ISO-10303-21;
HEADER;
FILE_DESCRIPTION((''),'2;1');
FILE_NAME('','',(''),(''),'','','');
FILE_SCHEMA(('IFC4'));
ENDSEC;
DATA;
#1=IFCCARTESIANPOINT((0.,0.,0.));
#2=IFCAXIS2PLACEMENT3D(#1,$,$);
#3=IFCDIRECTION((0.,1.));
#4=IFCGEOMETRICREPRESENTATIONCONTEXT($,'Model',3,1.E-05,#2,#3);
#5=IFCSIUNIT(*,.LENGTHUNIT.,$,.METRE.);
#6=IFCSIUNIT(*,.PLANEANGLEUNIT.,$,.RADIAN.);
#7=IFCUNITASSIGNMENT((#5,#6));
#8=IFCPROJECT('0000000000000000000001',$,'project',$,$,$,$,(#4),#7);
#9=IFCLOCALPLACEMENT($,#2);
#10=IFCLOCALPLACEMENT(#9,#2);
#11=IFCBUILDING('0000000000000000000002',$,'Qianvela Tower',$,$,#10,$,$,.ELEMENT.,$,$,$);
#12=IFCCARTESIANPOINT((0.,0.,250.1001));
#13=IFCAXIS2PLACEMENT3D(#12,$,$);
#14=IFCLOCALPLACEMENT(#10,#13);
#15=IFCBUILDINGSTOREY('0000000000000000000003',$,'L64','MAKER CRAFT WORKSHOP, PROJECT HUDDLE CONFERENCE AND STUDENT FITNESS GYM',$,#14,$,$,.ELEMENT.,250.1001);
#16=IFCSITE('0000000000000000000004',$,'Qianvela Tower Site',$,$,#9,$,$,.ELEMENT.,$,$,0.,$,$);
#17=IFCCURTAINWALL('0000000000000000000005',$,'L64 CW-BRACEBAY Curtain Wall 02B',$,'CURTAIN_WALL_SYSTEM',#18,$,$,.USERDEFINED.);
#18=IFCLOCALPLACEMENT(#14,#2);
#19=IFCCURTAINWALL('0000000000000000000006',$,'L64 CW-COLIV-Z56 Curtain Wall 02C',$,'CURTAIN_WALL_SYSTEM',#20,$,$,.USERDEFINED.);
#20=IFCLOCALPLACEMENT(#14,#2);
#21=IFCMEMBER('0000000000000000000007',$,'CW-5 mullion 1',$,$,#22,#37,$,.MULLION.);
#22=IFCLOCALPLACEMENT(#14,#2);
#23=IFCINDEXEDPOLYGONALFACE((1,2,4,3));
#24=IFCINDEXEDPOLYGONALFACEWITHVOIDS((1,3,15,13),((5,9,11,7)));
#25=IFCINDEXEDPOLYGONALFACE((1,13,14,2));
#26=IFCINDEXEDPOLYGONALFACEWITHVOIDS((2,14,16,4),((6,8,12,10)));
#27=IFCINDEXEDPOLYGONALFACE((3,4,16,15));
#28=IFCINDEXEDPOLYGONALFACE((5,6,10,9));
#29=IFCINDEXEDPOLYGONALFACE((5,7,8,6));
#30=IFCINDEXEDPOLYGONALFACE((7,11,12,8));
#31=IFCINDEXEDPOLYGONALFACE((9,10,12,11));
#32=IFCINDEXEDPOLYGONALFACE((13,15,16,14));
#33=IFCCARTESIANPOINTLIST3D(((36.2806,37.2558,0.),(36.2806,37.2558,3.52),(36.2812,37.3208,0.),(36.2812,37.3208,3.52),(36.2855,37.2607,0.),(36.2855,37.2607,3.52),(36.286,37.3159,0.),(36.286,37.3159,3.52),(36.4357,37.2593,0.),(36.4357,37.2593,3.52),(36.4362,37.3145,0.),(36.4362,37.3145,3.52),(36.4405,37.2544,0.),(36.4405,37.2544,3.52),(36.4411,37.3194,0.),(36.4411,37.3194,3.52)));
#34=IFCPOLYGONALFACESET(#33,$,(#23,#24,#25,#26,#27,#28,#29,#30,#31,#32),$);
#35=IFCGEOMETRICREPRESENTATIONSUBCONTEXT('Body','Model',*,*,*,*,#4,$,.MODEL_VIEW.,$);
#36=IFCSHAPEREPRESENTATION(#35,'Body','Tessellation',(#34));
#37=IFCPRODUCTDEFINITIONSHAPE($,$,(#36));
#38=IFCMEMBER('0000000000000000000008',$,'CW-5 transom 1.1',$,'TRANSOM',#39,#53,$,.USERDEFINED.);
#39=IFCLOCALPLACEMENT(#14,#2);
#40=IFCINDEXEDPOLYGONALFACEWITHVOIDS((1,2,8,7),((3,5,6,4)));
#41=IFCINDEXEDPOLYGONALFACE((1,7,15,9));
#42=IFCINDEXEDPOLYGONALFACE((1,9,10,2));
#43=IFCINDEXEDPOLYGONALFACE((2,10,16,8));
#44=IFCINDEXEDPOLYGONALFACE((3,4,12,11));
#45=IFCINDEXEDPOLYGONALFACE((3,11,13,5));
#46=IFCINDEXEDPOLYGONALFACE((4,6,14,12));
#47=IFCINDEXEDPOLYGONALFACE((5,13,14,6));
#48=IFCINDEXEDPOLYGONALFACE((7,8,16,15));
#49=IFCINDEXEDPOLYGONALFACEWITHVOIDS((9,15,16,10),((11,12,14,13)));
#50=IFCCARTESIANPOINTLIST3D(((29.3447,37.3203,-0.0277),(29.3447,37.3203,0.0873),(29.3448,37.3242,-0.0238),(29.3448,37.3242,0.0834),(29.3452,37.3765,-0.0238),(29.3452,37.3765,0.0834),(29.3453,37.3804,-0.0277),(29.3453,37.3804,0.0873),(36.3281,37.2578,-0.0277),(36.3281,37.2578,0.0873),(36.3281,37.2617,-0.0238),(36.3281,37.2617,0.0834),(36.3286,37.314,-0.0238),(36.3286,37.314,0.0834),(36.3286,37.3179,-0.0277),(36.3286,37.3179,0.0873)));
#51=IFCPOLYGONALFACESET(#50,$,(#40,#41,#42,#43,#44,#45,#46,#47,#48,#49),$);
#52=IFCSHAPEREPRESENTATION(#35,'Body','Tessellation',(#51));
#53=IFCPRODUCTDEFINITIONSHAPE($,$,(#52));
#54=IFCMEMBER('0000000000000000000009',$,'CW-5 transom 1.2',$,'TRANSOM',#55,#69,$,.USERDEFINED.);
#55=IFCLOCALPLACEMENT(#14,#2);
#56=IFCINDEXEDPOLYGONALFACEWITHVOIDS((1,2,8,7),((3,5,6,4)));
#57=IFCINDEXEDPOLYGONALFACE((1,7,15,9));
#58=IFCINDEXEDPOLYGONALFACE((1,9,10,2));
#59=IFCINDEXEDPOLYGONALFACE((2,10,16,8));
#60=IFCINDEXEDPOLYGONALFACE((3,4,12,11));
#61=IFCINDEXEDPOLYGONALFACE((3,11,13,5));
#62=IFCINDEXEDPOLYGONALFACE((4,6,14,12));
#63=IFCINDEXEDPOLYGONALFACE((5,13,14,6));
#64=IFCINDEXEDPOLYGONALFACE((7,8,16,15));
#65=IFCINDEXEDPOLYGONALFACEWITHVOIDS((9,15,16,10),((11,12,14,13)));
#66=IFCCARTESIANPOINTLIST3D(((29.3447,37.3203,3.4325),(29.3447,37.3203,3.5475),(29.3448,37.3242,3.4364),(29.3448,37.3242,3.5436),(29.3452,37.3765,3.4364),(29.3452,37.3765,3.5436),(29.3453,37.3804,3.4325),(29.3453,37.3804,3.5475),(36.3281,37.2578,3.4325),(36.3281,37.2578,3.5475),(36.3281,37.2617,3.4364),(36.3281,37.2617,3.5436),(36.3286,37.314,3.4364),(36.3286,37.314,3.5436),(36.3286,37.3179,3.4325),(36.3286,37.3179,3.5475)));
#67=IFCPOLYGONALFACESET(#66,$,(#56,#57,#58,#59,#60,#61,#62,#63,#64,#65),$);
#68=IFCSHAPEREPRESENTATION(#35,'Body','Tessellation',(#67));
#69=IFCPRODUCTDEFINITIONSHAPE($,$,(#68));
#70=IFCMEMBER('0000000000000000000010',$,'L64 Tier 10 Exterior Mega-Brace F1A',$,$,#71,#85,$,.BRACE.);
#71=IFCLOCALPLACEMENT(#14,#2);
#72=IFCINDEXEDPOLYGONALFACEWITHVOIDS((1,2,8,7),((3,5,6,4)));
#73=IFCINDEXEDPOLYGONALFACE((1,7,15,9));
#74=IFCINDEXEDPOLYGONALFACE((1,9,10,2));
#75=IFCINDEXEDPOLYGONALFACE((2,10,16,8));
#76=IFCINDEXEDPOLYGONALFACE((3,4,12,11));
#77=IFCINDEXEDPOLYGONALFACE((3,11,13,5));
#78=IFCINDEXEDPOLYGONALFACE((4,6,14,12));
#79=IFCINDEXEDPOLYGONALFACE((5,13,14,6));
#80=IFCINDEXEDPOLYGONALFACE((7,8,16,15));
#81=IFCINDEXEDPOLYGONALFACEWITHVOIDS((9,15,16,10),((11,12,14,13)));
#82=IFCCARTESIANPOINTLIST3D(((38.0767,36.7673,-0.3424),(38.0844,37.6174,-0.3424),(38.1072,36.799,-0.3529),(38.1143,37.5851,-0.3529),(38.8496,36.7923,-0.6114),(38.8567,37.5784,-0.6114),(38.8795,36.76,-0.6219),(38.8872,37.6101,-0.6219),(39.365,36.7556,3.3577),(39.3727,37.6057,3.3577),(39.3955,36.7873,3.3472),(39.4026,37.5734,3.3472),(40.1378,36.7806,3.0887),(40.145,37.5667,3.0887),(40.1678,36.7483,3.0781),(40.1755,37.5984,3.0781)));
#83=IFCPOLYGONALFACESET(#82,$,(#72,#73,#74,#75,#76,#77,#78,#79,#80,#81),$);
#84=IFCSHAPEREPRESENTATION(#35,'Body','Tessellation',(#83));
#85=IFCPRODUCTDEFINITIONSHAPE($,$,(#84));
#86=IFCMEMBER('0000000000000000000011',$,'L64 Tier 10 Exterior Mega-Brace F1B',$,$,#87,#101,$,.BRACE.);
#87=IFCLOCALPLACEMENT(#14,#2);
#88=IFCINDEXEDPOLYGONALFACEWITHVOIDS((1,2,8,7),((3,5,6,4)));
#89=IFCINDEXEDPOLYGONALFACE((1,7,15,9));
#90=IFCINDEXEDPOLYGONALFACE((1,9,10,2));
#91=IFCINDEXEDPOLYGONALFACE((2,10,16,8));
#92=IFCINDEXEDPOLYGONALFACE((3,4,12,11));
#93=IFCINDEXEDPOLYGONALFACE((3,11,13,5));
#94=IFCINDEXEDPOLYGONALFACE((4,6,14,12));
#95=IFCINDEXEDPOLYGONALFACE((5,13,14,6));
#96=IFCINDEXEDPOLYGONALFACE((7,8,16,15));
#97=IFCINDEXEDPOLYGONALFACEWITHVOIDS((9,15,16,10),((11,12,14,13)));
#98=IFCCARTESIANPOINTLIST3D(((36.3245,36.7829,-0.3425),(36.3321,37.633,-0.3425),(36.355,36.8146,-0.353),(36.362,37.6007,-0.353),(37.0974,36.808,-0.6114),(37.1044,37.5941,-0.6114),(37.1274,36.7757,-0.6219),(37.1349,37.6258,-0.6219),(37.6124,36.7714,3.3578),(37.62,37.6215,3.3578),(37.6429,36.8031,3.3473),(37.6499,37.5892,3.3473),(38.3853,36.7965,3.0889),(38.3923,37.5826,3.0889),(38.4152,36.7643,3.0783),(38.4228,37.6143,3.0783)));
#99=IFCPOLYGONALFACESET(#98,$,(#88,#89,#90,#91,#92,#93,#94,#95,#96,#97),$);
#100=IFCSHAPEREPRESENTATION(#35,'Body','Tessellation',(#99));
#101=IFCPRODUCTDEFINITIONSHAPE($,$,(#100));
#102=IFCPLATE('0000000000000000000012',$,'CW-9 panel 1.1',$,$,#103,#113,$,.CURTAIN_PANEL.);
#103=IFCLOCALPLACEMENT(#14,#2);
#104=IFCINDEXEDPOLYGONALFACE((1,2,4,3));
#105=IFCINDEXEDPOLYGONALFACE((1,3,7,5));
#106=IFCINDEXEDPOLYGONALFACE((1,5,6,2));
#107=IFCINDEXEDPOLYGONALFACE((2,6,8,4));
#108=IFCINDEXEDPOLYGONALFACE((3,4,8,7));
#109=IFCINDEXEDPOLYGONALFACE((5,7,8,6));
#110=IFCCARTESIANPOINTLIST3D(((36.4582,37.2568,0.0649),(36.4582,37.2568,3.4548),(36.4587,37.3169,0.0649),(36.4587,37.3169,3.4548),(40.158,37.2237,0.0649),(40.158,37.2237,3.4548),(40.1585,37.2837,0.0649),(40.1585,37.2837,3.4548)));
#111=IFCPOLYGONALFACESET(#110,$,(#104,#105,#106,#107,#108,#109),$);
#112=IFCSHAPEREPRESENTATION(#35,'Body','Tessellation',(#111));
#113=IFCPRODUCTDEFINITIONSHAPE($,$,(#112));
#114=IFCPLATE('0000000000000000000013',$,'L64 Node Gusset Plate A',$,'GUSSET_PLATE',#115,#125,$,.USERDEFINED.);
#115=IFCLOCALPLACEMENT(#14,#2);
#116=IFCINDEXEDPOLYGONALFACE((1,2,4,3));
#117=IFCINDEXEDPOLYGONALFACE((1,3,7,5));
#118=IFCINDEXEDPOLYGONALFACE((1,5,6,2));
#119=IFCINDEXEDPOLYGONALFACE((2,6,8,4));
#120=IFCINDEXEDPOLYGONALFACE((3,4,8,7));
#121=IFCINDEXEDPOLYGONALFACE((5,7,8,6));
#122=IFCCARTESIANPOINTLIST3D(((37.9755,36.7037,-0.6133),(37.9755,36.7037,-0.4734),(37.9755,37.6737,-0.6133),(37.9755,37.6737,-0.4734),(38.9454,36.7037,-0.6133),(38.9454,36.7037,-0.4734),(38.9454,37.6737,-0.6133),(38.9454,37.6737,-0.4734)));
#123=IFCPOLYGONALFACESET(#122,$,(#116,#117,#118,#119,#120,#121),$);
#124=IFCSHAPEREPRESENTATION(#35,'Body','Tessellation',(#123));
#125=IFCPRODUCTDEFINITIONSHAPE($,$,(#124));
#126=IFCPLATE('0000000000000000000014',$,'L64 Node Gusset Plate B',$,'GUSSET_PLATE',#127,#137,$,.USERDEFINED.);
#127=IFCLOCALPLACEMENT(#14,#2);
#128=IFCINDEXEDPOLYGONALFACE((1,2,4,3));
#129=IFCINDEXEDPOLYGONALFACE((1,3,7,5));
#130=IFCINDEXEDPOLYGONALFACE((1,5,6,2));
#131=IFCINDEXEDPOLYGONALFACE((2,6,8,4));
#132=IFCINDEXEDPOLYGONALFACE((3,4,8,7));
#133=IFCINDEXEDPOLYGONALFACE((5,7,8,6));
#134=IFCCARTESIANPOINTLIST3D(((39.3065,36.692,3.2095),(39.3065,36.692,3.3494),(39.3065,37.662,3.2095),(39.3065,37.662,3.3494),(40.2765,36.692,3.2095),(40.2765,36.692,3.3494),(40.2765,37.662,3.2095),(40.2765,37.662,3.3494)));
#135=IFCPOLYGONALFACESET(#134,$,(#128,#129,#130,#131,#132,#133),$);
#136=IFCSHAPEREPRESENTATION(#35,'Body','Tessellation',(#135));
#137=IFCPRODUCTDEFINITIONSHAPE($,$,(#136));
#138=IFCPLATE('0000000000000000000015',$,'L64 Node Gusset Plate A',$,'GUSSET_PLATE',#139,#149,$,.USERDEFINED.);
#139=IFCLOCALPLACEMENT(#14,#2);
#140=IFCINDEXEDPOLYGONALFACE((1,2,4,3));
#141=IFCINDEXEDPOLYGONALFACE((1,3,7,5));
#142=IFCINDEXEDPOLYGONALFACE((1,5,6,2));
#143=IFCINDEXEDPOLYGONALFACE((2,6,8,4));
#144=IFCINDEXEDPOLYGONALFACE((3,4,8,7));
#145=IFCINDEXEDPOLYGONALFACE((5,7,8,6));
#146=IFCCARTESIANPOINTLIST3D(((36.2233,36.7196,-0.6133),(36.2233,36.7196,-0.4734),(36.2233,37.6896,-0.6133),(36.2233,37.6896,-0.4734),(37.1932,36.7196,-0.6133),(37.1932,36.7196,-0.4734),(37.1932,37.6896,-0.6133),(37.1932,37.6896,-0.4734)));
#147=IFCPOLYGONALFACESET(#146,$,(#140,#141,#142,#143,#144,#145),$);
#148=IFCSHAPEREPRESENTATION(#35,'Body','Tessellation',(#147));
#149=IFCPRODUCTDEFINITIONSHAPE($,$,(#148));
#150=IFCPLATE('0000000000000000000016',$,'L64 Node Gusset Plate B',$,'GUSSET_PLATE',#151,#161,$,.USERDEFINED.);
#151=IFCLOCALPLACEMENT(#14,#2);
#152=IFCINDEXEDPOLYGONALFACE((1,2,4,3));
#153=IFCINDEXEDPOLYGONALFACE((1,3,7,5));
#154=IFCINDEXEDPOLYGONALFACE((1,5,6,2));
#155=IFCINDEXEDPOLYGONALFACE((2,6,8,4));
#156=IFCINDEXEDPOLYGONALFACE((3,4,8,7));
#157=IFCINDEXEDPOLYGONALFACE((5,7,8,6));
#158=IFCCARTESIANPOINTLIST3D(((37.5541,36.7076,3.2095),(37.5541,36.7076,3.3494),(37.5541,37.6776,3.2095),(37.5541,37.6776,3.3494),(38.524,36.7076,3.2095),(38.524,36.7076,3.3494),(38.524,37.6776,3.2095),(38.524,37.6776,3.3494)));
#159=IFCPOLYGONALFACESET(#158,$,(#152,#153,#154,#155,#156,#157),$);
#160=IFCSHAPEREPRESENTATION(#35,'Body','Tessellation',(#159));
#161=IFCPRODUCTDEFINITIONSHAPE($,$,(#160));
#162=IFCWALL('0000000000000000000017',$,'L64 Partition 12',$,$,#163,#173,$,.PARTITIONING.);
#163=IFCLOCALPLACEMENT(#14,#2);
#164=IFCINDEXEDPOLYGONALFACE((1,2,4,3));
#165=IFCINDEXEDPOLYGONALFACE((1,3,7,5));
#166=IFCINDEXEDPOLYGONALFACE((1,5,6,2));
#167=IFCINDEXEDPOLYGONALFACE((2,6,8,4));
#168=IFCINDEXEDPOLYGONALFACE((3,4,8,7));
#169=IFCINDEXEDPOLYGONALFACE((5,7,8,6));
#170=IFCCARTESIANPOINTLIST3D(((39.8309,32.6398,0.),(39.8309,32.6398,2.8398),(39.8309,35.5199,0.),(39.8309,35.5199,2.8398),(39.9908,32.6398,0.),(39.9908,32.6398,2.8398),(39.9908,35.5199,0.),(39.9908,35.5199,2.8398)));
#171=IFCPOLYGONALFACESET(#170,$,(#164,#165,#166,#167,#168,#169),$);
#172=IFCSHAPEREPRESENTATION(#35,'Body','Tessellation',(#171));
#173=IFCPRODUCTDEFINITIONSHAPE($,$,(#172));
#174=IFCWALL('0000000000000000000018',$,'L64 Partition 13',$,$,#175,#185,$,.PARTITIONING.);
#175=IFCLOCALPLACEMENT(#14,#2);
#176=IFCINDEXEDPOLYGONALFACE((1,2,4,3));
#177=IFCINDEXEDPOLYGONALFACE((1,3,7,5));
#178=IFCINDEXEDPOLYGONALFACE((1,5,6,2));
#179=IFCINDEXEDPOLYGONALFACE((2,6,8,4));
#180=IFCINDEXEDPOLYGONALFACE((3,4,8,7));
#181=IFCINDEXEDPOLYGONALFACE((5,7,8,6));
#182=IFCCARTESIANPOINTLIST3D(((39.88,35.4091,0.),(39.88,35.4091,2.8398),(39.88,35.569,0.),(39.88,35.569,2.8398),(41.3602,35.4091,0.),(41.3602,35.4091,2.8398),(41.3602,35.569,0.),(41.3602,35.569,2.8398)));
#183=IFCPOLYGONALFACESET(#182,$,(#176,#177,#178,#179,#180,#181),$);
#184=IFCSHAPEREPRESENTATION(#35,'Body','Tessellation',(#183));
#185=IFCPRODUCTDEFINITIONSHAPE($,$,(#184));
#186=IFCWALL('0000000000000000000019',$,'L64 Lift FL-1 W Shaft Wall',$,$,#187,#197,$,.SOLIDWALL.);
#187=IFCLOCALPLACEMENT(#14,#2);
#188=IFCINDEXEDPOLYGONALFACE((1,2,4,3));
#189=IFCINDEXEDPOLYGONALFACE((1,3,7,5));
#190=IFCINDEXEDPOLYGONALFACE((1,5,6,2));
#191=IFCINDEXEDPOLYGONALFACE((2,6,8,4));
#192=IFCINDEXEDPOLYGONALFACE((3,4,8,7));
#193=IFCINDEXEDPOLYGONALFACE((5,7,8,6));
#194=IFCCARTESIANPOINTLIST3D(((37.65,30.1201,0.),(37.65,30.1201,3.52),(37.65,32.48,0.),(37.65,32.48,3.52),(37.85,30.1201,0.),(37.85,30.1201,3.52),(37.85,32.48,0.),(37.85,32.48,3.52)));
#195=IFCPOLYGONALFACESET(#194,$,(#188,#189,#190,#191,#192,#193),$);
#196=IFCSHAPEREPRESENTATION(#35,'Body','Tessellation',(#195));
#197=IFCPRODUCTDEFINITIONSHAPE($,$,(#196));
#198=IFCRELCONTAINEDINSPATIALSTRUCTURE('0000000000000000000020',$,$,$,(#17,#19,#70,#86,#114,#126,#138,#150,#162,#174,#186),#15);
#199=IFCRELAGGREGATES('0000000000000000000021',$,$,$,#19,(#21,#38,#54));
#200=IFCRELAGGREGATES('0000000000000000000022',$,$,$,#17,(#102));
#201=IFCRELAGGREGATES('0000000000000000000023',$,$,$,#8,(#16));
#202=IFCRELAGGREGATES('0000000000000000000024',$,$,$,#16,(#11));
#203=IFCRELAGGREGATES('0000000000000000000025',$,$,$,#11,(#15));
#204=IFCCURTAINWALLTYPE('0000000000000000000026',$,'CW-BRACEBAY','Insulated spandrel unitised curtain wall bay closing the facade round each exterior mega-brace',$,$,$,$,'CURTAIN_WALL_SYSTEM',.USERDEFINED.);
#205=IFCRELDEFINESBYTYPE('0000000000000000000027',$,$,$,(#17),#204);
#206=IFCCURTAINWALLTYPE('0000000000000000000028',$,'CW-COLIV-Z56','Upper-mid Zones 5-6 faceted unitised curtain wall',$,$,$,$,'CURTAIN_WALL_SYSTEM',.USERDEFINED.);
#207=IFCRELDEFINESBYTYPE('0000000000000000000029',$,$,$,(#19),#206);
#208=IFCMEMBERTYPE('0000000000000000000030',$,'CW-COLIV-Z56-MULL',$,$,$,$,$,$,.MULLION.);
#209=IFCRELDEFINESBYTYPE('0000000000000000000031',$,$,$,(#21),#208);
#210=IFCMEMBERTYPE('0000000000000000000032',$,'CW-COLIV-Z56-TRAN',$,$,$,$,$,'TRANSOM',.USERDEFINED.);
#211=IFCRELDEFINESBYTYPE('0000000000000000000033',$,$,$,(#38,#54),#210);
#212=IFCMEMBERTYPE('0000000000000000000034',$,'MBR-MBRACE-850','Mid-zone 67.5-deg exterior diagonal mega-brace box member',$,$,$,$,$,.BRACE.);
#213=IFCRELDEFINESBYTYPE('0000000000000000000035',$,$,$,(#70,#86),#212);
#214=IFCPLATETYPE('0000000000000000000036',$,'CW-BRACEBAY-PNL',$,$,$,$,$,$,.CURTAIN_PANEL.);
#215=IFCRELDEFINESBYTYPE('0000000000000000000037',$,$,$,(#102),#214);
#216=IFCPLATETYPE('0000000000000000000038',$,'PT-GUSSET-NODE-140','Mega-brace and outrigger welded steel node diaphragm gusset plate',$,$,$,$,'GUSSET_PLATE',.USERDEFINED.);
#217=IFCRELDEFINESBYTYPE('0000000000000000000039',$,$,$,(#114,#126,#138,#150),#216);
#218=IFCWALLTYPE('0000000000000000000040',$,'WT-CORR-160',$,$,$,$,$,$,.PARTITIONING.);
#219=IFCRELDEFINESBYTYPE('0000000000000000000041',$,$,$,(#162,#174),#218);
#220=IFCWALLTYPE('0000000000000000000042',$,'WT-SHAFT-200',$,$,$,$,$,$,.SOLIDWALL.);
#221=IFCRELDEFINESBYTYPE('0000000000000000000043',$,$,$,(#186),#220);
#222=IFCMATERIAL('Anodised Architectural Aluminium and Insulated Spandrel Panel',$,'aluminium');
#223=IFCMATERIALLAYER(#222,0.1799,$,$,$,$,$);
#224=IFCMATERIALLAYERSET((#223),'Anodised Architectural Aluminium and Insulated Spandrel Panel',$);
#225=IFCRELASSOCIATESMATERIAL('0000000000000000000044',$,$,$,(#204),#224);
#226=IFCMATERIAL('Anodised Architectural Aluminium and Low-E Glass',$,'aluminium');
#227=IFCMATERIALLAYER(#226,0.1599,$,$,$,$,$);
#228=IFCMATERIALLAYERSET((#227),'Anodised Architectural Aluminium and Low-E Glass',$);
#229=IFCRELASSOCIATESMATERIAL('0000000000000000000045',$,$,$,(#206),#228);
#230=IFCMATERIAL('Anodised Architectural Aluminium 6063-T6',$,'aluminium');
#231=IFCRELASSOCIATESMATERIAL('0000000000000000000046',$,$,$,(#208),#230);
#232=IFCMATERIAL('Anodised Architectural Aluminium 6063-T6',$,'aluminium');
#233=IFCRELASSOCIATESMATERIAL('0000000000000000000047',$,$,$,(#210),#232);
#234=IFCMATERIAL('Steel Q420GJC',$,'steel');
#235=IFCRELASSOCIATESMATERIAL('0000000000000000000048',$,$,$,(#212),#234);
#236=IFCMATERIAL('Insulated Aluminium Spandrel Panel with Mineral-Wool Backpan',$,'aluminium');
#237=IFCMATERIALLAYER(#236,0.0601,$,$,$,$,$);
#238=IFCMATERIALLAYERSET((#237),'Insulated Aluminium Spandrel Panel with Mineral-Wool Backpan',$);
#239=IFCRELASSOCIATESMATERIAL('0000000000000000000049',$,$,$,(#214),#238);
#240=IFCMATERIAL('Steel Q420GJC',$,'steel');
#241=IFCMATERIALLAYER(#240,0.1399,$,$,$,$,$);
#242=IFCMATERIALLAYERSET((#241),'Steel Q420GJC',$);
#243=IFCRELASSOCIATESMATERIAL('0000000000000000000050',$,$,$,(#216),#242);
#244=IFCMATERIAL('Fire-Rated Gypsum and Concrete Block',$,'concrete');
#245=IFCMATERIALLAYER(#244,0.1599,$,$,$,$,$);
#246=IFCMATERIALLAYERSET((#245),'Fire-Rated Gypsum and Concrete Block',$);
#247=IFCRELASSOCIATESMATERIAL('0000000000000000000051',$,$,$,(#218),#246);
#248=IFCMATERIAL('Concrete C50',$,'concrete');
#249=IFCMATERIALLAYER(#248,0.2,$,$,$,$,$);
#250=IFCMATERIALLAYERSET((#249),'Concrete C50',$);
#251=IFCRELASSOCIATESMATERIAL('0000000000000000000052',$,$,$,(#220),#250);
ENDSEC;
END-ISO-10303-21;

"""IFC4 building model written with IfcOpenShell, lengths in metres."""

from ifc_helpers import new_model, si_unit, direction, frame, frame_2d, origin, origin_2d, place, context, subcontext, project, spatial, rectangle, hollow_rectangle, extrude, material, layer, layer_set, material_profile, profile_set, type_object, element, aggregate, save


model = new_model("IFC4")

# Units and contexts
model_context = context("Model", 3, precision=1e-05, world=origin(), true_north=direction((0.0, 1.0)))
body_context = subcontext(model_context, "Body", "Model", "MODEL_VIEW")
ifc_project = project(units=[si_unit("LENGTHUNIT", "METRE"), si_unit("PLANEANGLEUNIT", "RADIAN")], contexts=[model_context])

# Site, building, storey
site_placement = place(None, origin())
site = spatial("IfcSite", under=ifc_project, at=site_placement, Name="Qianvela Tower Site", CompositionType="ELEMENT", RefElevation=0.0)
building_placement = place(site_placement, origin())
building = spatial("IfcBuilding", under=site, at=building_placement, Name="Qianvela Tower", CompositionType="ELEMENT")
storey_placement = place(building_placement, frame((0.0, 0.0, 250.1001)))
storey = spatial("IfcBuildingStorey", under=building, at=storey_placement, Name="L64", Description="MAKER CRAFT WORKSHOP, PROJECT HUDDLE CONFERENCE AND STUDENT FITNESS GYM", CompositionType="ELEMENT", Elevation=250.1001)

# Curtain walls, members
ifc_material_1 = material(Name="Anodised Architectural Aluminium and Insulated Spandrel Panel", Category="aluminium")
ifc_layer_1 = layer(ifc_material_1, 0.1799)
ifc_layer_set_1 = layer_set([ifc_layer_1], Name="Anodised Architectural Aluminium and Insulated Spandrel Panel")
curtain_wall_type_1 = type_object("IfcCurtainWallType", Name="CW-BRACEBAY", Description="Insulated spandrel unitised curtain wall bay closing the facade round each exterior mega-brace", ElementType="CURTAIN_WALL_SYSTEM", PredefinedType="USERDEFINED", material=ifc_layer_set_1)
curtain_wall_1_placement = place(storey_placement, origin())
curtain_wall_1 = element("IfcCurtainWall", 1, at=curtain_wall_1_placement, inside=storey, type_object=curtain_wall_type_1, Name="L64 CW-BRACEBAY Curtain Wall 02B", ObjectType="CURTAIN_WALL_SYSTEM", PredefinedType="USERDEFINED")
ifc_material_2 = material(Name="Anodised Architectural Aluminium and Low-E Glass", Category="aluminium")
ifc_layer_2 = layer(ifc_material_2, 0.1599)
ifc_layer_set_2 = layer_set([ifc_layer_2], Name="Anodised Architectural Aluminium and Low-E Glass")
curtain_wall_type_2 = type_object("IfcCurtainWallType", Name="CW-COLIV-Z56", Description="Upper-mid Zones 5-6 faceted unitised curtain wall", ElementType="CURTAIN_WALL_SYSTEM", PredefinedType="USERDEFINED", material=ifc_layer_set_2)
curtain_wall_2_placement = place(storey_placement, origin())
curtain_wall_2 = element("IfcCurtainWall", 2, at=curtain_wall_2_placement, inside=storey, type_object=curtain_wall_type_2, Name="L64 CW-COLIV-Z56 Curtain Wall 02C", ObjectType="CURTAIN_WALL_SYSTEM", PredefinedType="USERDEFINED")
ifc_material_3 = material(Name="Anodised Architectural Aluminium 6063-T6", Category="aluminium")
ifc_material_profile_1 = material_profile(ifc_material_3, hollow_rectangle(XDim=0.0649, YDim=0.1599, WallThickness=0.0049, at=origin_2d()), Name="ALU-MULL-65x160")
ifc_profile_set_1 = profile_set([ifc_material_profile_1], Name="Anodised Architectural Aluminium 6063-T6")
member_type_1 = type_object("IfcMemberType", Name="CW-COLIV-Z56-MULL", PredefinedType="MULLION", material=ifc_profile_set_1)
member_1_placement = place(storey_placement, frame((36.3608, 37.2876, 0.0), z_axis=(0.0, 0.0, 1.0), x_axis=(-0.00896, -0.99996, 0.0)))
member_1 = element("IfcMember", 3, at=member_1_placement, type_object=member_type_1, Name="CW-5 mullion 1", PredefinedType="MULLION", context=body_context, shape_type="SweptSolid", body=[
    extrude(hollow_rectangle(XDim=0.0649, YDim=0.1599, WallThickness=0.0049, at=origin_2d()), origin(), (0.0, 0.0, 1.0), 3.52),
])
ifc_material_4 = material(Name="Anodised Architectural Aluminium 6063-T6", Category="aluminium")
ifc_material_profile_2 = material_profile(ifc_material_4, hollow_rectangle(XDim=0.0601, YDim=0.115, WallThickness=0.0039, at=origin_2d()), Name="ALU-TRAN-60x115")
ifc_profile_set_2 = profile_set([ifc_material_profile_2], Name="Anodised Architectural Aluminium 6063-T6")
member_type_2 = type_object("IfcMemberType", Name="CW-COLIV-Z56-TRAN", ElementType="TRANSOM", PredefinedType="USERDEFINED", material=ifc_profile_set_2)
member_2_placement = place(storey_placement, frame((36.3284, 37.2878, 0.0298), z_axis=(-0.99996, 0.008949, 0.0), x_axis=(-0.008949, -0.99996, 0.0)))
member_2 = element("IfcMember", 4, at=member_2_placement, type_object=member_type_2, Name="CW-5 transom 1.1", ObjectType="TRANSOM", PredefinedType="USERDEFINED", context=body_context, shape_type="SweptSolid", body=[
    extrude(hollow_rectangle(XDim=0.0601, YDim=0.115, WallThickness=0.0039, at=origin_2d()), origin(), (0.0, 0.0, 1.0), 6.9836),
])
member_3_placement = place(storey_placement, frame((36.3284, 37.2878, 3.49), z_axis=(-0.99996, 0.008949, 0.0), x_axis=(-0.008949, -0.99996, 0.0)))
member_3 = element("IfcMember", 5, at=member_3_placement, type_object=member_type_2, Name="CW-5 transom 1.2", ObjectType="TRANSOM", PredefinedType="USERDEFINED", context=body_context, shape_type="SweptSolid", body=[
    extrude(hollow_rectangle(XDim=0.0601, YDim=0.115, WallThickness=0.0039, at=origin_2d()), origin(), (0.0, 0.0, 1.0), 6.9836),
])
aggregate(curtain_wall_2, [member_1, member_2, member_3])

# Members
ifc_material_5 = material(Name="Steel Q420GJC", Category="steel")
ifc_material_profile_3 = material_profile(ifc_material_5, hollow_rectangle(XDim=0.8501, YDim=0.8501, WallThickness=0.032, at=origin_2d()), Name="MBOX-850x850x32")
ifc_profile_set_3 = profile_set([ifc_material_profile_3], Name="Steel Q420GJC")
member_type_3 = type_object("IfcMemberType", Name="MBR-MBRACE-850", Description="Mid-zone 67.5-deg exterior diagonal mega-brace box member", PredefinedType="BRACE", material=ifc_profile_set_3)
for number, where, z_axis, x_axis, name in (
    (6, (38.4819, 37.1887, -0.4822), (0.328816, -0.002991, 0.944389), (0.009096, 0.999959, 0.0), "L64 Tier 10 Exterior Mega-Brace F1A"),
    (7, (36.7297, 37.2043, -0.4822), (0.328705, -0.002929, 0.944428), (0.00891, 0.99996, 0.0), "L64 Tier 10 Exterior Mega-Brace F1B"),
):
    element("IfcMember", number, at=place(storey_placement, frame(where, z_axis=z_axis, x_axis=x_axis)), inside=storey, type_object=member_type_3, Name=name, PredefinedType="BRACE", context=body_context, shape_type="SweptSolid", body=[
        extrude(hollow_rectangle(XDim=0.8501, YDim=0.8501, WallThickness=0.032, at=origin_2d()), origin(), (0.0, 0.0, 1.0), 3.918),
    ])

# Plate
ifc_material_6 = material(Name="Insulated Aluminium Spandrel Panel with Mineral-Wool Backpan", Category="aluminium")
ifc_layer_3 = layer(ifc_material_6, 0.0601)
ifc_layer_set_3 = layer_set([ifc_layer_3], Name="Insulated Aluminium Spandrel Panel with Mineral-Wool Backpan")
plate_type_1 = type_object("IfcPlateType", Name="CW-BRACEBAY-PNL", PredefinedType="CURTAIN_PANEL", material=ifc_layer_set_3)
plate_placement = place(storey_placement, frame((38.3083, 37.2703, 0.0649), z_axis=(0.0, 0.0, 1.0), x_axis=(-0.99996, 0.008955, 0.0)))
plate = element("IfcPlate", 8, at=plate_placement, type_object=plate_type_1, Name="CW-9 panel 1.1", PredefinedType="CURTAIN_PANEL", context=body_context, shape_type="SweptSolid", body=[
    extrude(rectangle(XDim=3.7, YDim=0.0601, at=origin_2d()), origin(), (0.0, 0.0, 1.0), 3.3899),
])
aggregate(curtain_wall_1, [plate])

# Plates
ifc_material_7 = material(Name="Steel Q420GJC", Category="steel")
ifc_layer_4 = layer(ifc_material_7, 0.1399)
ifc_layer_set_4 = layer_set([ifc_layer_4], Name="Steel Q420GJC")
plate_type_2 = type_object("IfcPlateType", Name="PT-GUSSET-NODE-140", Description="Mega-brace and outrigger welded steel node diaphragm gusset plate", ElementType="GUSSET_PLATE", PredefinedType="USERDEFINED", material=ifc_layer_set_4)
for number, where, z_axis, x_axis, name in (
    (9, (38.4604, 37.1887, -0.6133), (0.0, 0.0, 1.0), (1.0, 0.0, 0.0), "L64 Node Gusset Plate A"),
    (10, (39.7915, 37.177, 3.2095), (0.0, 0.0, 1.0), (1.0, 0.0, 0.0), "L64 Node Gusset Plate B"),
    (11, (36.7083, 37.2046, -0.6133), (0.0, 0.0, 1.0), (1.0, 0.0, 0.0), "L64 Node Gusset Plate A"),
    (12, (38.0391, 37.1926, 3.2095), (0.0, 0.0, 1.0), (1.0, 0.0, 0.0), "L64 Node Gusset Plate B"),
):
    element("IfcPlate", number, at=place(storey_placement, frame(where, z_axis=z_axis, x_axis=x_axis)), inside=storey, type_object=plate_type_2, Name=name, ObjectType="GUSSET_PLATE", PredefinedType="USERDEFINED", context=body_context, shape_type="SweptSolid", body=[
        extrude(rectangle(XDim=0.97, YDim=0.97, at=origin_2d()), origin(), (0.0, 0.0, 1.0), 0.1399),
    ])

# Walls
ifc_material_8 = material(Name="Fire-Rated Gypsum and Concrete Block", Category="concrete")
ifc_layer_5 = layer(ifc_material_8, 0.1599)
ifc_layer_set_5 = layer_set([ifc_layer_5], Name="Fire-Rated Gypsum and Concrete Block")
wall_type_1 = type_object("IfcWallType", Name="WT-CORR-160", PredefinedType="PARTITIONING", material=ifc_layer_set_5)
wall_1_placement = place(storey_placement, frame((39.9109, 32.6399, 0.0), z_axis=(0.0, 0.0, 1.0), x_axis=(0.0, 1.0, 0.0)))
element("IfcWall", 13, at=wall_1_placement, inside=storey, type_object=wall_type_1, Name="L64 Partition 12", PredefinedType="PARTITIONING", context=body_context, shape_type="SweptSolid", body=[
    extrude(rectangle(XDim=2.8801, YDim=0.1599, at=frame_2d((1.4399, 0.0))), origin(), (0.0, 0.0, 1.0), 2.8398),
])
wall_2_placement = place(storey_placement, frame((39.8799, 35.489, 0.0), z_axis=(0.0, 0.0, 1.0), x_axis=(1.0, 0.0, 0.0)))
element("IfcWall", 14, at=wall_2_placement, inside=storey, type_object=wall_type_1, Name="L64 Partition 13", PredefinedType="PARTITIONING", context=body_context, shape_type="SweptSolid", body=[
    extrude(rectangle(XDim=1.4802, YDim=0.1599, at=frame_2d((0.7402, 0.0))), origin(), (0.0, 0.0, 1.0), 2.8398),
])

# Shared definitions
ifc_material_9 = material(Name="Concrete C50", Category="concrete")
ifc_layer_6 = layer(ifc_material_9, 0.2)
ifc_layer_set_6 = layer_set([ifc_layer_6], Name="Concrete C50")
wall_type_2 = type_object("IfcWallType", Name="WT-SHAFT-200", PredefinedType="SOLIDWALL", material=ifc_layer_set_6)

# Wall
wall_3_placement = place(storey_placement, frame((37.75, 30.1201, 0.0), z_axis=(0.0, 0.0, 1.0), x_axis=(0.0, 1.0, 0.0)))
element("IfcWall", 15, at=wall_3_placement, inside=storey, type_object=wall_type_2, Name="L64 Lift FL-1 W Shaft Wall", PredefinedType="SOLIDWALL", context=body_context, shape_type="SweptSolid", body=[
    extrude(rectangle(XDim=2.3599, YDim=0.2, at=frame_2d((1.1799, 0.0))), origin(), (0.0, 0.0, 1.0), 3.52),
])

save(model, "model.ifc")
